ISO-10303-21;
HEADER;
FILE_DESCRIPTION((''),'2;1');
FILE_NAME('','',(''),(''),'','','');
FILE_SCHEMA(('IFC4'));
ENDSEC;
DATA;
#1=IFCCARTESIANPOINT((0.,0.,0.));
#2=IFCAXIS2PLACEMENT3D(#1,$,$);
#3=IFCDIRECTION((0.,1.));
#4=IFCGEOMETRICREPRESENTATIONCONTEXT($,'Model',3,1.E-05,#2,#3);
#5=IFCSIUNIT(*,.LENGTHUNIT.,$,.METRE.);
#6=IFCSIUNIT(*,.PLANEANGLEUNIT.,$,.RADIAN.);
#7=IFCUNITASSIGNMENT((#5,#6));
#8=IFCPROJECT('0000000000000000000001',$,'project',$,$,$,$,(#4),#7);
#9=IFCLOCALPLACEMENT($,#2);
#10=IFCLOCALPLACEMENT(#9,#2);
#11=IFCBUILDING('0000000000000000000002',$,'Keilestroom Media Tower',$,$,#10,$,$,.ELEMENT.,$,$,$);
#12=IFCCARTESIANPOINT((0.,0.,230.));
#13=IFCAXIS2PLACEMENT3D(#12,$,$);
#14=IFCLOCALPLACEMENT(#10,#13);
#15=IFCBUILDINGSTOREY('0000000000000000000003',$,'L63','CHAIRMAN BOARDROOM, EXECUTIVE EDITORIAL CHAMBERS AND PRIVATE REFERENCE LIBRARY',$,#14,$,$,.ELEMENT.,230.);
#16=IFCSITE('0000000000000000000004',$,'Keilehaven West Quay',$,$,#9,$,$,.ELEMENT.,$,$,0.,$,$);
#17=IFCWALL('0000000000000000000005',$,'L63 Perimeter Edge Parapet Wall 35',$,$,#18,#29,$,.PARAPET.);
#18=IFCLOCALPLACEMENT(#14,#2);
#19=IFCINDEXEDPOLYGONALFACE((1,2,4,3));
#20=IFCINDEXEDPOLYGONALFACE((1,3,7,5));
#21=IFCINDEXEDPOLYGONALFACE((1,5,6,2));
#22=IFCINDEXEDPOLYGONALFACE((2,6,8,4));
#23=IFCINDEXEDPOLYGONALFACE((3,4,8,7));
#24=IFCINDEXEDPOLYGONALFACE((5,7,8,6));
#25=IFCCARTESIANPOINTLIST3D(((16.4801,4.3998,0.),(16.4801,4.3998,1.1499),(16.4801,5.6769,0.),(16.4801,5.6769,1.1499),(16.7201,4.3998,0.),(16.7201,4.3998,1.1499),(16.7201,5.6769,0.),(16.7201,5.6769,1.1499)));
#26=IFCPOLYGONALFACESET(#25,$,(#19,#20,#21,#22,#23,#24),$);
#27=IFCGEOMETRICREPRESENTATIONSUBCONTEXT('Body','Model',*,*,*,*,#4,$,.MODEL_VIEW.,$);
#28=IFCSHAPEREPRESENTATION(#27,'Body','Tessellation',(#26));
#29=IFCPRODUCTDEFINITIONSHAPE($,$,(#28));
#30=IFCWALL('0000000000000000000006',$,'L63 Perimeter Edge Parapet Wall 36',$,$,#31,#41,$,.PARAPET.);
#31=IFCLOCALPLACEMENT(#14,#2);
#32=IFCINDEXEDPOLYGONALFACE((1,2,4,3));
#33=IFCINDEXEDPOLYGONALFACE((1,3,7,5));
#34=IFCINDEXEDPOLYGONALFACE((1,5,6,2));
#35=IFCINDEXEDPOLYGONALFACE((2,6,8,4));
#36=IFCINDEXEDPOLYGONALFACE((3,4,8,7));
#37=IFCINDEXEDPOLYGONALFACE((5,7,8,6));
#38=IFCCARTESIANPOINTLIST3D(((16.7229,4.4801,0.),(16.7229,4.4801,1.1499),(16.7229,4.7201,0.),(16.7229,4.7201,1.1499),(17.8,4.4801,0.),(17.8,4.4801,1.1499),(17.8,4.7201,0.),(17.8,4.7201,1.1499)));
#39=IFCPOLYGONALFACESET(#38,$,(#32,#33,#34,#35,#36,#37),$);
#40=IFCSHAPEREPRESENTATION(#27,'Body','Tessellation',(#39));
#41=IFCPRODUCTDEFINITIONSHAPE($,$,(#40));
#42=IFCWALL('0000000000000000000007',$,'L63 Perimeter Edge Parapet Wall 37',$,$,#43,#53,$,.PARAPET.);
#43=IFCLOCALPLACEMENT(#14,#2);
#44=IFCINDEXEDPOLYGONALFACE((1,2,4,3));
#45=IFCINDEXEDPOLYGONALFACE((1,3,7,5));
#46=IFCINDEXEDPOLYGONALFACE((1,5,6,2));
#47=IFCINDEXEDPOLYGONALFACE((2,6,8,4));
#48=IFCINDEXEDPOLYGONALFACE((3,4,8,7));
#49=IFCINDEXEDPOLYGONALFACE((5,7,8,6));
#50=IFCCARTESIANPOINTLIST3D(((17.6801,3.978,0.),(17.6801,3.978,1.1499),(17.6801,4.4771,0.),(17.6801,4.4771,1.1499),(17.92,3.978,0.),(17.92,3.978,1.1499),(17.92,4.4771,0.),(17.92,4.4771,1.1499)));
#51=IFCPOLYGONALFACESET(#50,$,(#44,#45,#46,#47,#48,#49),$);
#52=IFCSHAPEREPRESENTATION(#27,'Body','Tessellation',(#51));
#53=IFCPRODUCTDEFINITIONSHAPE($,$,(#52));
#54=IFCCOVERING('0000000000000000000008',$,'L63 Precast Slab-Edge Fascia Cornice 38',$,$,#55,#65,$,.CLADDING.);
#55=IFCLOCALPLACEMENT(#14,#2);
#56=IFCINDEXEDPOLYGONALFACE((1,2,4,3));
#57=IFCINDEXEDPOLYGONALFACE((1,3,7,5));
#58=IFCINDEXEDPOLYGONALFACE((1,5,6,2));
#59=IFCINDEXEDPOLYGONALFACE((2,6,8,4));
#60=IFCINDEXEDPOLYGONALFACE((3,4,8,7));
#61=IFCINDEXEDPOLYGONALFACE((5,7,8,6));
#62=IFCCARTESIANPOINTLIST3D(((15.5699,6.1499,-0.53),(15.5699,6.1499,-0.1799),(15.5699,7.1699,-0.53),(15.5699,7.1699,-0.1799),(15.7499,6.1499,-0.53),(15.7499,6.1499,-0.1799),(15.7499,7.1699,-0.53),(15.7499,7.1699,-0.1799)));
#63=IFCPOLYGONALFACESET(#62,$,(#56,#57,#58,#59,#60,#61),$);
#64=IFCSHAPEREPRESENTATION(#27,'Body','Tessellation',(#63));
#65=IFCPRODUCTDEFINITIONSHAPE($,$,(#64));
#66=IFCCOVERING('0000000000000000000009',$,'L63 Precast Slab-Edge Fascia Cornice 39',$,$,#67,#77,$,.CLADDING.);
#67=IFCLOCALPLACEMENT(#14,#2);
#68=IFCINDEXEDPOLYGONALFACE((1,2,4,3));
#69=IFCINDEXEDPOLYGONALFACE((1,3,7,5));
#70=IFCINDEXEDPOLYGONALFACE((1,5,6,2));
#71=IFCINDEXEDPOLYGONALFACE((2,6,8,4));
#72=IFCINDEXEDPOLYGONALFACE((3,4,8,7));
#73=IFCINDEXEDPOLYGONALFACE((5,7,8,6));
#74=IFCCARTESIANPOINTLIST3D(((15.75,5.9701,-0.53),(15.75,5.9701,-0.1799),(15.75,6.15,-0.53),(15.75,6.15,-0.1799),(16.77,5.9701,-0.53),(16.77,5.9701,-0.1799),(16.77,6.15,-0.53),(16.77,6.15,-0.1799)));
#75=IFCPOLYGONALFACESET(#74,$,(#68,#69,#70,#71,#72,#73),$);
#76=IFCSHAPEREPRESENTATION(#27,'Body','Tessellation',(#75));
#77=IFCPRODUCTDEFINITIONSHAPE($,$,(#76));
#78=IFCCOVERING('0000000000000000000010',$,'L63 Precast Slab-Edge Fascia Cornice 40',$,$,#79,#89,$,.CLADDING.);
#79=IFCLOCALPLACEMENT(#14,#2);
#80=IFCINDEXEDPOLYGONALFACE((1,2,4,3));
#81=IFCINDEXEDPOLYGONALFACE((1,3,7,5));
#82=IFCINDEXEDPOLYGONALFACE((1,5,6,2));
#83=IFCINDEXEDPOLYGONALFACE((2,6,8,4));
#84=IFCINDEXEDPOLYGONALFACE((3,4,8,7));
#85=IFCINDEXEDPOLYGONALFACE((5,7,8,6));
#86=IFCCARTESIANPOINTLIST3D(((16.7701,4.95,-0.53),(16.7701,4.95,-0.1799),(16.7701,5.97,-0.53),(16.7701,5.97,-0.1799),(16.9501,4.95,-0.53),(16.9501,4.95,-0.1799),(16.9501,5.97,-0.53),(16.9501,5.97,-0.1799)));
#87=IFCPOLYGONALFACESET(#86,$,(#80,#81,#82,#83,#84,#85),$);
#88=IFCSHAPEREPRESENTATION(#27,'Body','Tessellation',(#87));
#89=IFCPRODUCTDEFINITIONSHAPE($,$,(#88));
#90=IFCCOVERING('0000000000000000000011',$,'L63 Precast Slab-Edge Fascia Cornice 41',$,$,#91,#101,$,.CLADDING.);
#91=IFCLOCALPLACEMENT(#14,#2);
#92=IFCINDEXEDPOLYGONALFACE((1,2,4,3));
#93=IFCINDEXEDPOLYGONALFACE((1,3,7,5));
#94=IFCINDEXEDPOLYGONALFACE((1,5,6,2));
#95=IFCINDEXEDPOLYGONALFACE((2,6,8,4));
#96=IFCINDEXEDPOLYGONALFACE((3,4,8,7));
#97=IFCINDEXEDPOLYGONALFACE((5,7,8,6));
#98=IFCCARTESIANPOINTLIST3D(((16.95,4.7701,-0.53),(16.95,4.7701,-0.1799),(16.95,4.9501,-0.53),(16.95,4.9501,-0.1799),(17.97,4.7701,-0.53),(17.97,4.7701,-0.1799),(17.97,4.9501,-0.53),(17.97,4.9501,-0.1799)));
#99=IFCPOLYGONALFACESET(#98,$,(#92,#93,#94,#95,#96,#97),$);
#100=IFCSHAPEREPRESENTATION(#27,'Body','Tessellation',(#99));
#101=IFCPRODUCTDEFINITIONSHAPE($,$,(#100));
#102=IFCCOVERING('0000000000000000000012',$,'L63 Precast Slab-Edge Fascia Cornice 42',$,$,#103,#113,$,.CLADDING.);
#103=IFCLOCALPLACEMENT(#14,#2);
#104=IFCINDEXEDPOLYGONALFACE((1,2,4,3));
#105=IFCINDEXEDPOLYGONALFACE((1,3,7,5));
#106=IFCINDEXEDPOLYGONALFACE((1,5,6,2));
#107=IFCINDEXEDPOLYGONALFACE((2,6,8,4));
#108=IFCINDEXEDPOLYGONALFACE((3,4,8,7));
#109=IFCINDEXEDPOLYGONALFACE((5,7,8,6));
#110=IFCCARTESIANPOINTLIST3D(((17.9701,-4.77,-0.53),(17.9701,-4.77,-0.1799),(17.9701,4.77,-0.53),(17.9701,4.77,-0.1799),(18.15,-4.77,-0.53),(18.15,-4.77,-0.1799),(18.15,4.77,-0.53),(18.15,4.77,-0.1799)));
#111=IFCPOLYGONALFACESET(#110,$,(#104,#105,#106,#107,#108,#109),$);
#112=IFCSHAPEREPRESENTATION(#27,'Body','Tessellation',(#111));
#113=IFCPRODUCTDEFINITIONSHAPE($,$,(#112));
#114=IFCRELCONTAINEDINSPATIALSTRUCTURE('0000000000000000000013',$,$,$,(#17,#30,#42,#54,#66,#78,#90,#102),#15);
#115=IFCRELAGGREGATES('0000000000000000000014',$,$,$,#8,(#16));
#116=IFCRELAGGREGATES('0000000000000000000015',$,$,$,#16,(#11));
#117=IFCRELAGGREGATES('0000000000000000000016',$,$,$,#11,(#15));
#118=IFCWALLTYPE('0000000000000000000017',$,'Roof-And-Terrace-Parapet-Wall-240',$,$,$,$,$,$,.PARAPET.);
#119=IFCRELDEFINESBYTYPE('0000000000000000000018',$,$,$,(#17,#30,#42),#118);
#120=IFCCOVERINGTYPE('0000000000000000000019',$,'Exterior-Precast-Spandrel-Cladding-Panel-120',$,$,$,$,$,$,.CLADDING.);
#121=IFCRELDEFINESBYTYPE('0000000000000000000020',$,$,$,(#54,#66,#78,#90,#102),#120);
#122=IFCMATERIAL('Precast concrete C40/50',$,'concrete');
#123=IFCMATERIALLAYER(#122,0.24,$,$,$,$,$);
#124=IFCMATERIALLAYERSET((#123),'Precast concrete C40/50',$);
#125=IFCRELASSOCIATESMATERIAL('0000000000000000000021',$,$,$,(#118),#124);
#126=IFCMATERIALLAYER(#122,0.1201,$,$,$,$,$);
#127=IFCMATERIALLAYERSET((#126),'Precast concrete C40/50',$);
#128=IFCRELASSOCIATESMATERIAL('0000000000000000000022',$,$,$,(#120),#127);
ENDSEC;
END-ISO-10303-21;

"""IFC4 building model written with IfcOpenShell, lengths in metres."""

from ifc_helpers import new_model, si_unit, direction, frame, frame_2d, origin, origin_2d, place, context, subcontext, project, spatial, rectangle, extrude, source, transform, mapped, material, layer, layer_set, type_object, element, save


model = new_model("IFC4")

# Units and contexts
model_context = context("Model", 3, precision=1e-05, world=origin(), true_north=direction((0.0, 1.0)))
body_context = subcontext(model_context, "Body", "Model", "MODEL_VIEW")
ifc_project = project(units=[si_unit("LENGTHUNIT", "METRE"), si_unit("PLANEANGLEUNIT", "RADIAN")], contexts=[model_context])

# Site, building, storey
site_placement = place(None, origin())
site = spatial("IfcSite", under=ifc_project, at=site_placement, Name="Keilehaven West Quay", CompositionType="ELEMENT", RefElevation=0.0)
building_placement = place(site_placement, origin())
building = spatial("IfcBuilding", under=site, at=building_placement, Name="Keilestroom Media Tower", CompositionType="ELEMENT")
storey_placement = place(building_placement, frame((0.0, 0.0, 230.0)))
storey = spatial("IfcBuildingStorey", under=building, at=storey_placement, Name="L63", Description="CHAIRMAN BOARDROOM, EXECUTIVE EDITORIAL CHAMBERS AND PRIVATE REFERENCE LIBRARY", CompositionType="ELEMENT", Elevation=230.0)

# Shared definitions
ifc_material_1 = material(Name="Precast concrete C40/50", Category="concrete")

# Walls
ifc_layer_1 = layer(ifc_material_1, 0.24)
ifc_layer_set_1 = layer_set([ifc_layer_1], Name="Precast concrete C40/50")
wall_type = type_object("IfcWallType", Name="Roof-And-Terrace-Parapet-Wall-240", PredefinedType="PARAPET", material=ifc_layer_set_1)
wall_1_placement = place(storey_placement, frame((16.6001, 5.677, 0.0), z_axis=(0.0, 0.0, 1.0), x_axis=(0.0, -1.0, 0.0)))
element("IfcWall", 1, at=wall_1_placement, inside=storey, type_object=wall_type, Name="L63 Perimeter Edge Parapet Wall 35", PredefinedType="PARAPET", context=body_context, shape_type="SweptSolid", body=[
    extrude(rectangle(XDim=1.2771, YDim=0.24, at=frame_2d((0.6387, 0.0))), origin(), (0.0, 0.0, 1.0), 1.1499),
])
wall_2_placement = place(storey_placement, frame((16.7229, 4.6001, 0.0), z_axis=(0.0, 0.0, 1.0), x_axis=(1.0, 0.0, 0.0)))
element("IfcWall", 2, at=wall_2_placement, inside=storey, type_object=wall_type, Name="L63 Perimeter Edge Parapet Wall 36", PredefinedType="PARAPET", context=body_context, shape_type="SweptSolid", body=[
    extrude(rectangle(XDim=1.0771, YDim=0.24, at=frame_2d((0.5386, 0.0))), origin(), (0.0, 0.0, 1.0), 1.1499),
])
wall_3_placement = place(storey_placement, frame((17.8, 4.4771, 0.0), z_axis=(0.0, 0.0, 1.0), x_axis=(0.0, -1.0, 0.0)))
element("IfcWall", 3, at=wall_3_placement, inside=storey, type_object=wall_type, Name="L63 Perimeter Edge Parapet Wall 37", PredefinedType="PARAPET", context=body_context, shape_type="SweptSolid", body=[
    extrude(rectangle(XDim=0.499, YDim=0.24, at=frame_2d((0.2495, 0.0))), origin(), (0.0, 0.0, 1.0), 1.1499),
])

# Coverings
ifc_layer_2 = layer(ifc_material_1, 0.1201)
ifc_layer_set_2 = layer_set([ifc_layer_2], Name="Precast concrete C40/50")
covering_type = type_object("IfcCoveringType", Name="Exterior-Precast-Spandrel-Cladding-Panel-120", PredefinedType="CLADDING", material=ifc_layer_set_2)
shared_shape_1 = source(origin(), body_context, "Body", "SweptSolid", [
    extrude(rectangle(XDim=1.02, YDim=0.1799, at=origin_2d()), origin(), (0.0, 0.0, 1.0), 0.3501),
])
for number, where, z_axis, x_axis, name in (
    (4, (15.6599, 6.6599, -0.53), (0.0, 0.0, 1.0), (0.0, -1.0, 0.0), "L63 Precast Slab-Edge Fascia Cornice 38"),
    (5, (16.26, 6.0601, -0.53), (0.0, 0.0, 1.0), (1.0, 0.0, 0.0), "L63 Precast Slab-Edge Fascia Cornice 39"),
    (6, (16.8601, 5.46, -0.53), (0.0, 0.0, 1.0), (0.0, -1.0, 0.0), "L63 Precast Slab-Edge Fascia Cornice 40"),
    (7, (17.46, 4.8601, -0.53), (0.0, 0.0, 1.0), (1.0, 0.0, 0.0), "L63 Precast Slab-Edge Fascia Cornice 41"),
):
    element("IfcCovering", number, at=place(storey_placement, frame(where, z_axis=z_axis, x_axis=x_axis)), inside=storey, type_object=covering_type, Name=name, PredefinedType="CLADDING", context=body_context, shape_type="MappedRepresentation", body=[
        mapped(shared_shape_1, transform((0.0, 0.0, 0.0), x_axis=(1.0, 0.0, 0.0), y_axis=(0.0, 1.0, 0.0), z_axis=(0.0, 0.0, 1.0), scale=1.0)),
    ])
shared_shape_2 = source(origin(), body_context, "Body", "SweptSolid", [
    extrude(rectangle(XDim=9.54, YDim=0.1799, at=origin_2d()), origin(), (0.0, 0.0, 1.0), 0.3501),
])
covering_placement = place(storey_placement, frame((18.0601, 0.0, -0.53), z_axis=(0.0, 0.0, 1.0), x_axis=(0.0, -1.0, 0.0)))
element("IfcCovering", 8, at=covering_placement, inside=storey, type_object=covering_type, Name="L63 Precast Slab-Edge Fascia Cornice 42", PredefinedType="CLADDING", context=body_context, shape_type="MappedRepresentation", body=[
    mapped(shared_shape_2, transform((0.0, 0.0, 0.0), x_axis=(1.0, 0.0, 0.0), y_axis=(0.0, 1.0, 0.0), z_axis=(0.0, 0.0, 1.0), scale=1.0)),
])

save(model, "model.ifc")
